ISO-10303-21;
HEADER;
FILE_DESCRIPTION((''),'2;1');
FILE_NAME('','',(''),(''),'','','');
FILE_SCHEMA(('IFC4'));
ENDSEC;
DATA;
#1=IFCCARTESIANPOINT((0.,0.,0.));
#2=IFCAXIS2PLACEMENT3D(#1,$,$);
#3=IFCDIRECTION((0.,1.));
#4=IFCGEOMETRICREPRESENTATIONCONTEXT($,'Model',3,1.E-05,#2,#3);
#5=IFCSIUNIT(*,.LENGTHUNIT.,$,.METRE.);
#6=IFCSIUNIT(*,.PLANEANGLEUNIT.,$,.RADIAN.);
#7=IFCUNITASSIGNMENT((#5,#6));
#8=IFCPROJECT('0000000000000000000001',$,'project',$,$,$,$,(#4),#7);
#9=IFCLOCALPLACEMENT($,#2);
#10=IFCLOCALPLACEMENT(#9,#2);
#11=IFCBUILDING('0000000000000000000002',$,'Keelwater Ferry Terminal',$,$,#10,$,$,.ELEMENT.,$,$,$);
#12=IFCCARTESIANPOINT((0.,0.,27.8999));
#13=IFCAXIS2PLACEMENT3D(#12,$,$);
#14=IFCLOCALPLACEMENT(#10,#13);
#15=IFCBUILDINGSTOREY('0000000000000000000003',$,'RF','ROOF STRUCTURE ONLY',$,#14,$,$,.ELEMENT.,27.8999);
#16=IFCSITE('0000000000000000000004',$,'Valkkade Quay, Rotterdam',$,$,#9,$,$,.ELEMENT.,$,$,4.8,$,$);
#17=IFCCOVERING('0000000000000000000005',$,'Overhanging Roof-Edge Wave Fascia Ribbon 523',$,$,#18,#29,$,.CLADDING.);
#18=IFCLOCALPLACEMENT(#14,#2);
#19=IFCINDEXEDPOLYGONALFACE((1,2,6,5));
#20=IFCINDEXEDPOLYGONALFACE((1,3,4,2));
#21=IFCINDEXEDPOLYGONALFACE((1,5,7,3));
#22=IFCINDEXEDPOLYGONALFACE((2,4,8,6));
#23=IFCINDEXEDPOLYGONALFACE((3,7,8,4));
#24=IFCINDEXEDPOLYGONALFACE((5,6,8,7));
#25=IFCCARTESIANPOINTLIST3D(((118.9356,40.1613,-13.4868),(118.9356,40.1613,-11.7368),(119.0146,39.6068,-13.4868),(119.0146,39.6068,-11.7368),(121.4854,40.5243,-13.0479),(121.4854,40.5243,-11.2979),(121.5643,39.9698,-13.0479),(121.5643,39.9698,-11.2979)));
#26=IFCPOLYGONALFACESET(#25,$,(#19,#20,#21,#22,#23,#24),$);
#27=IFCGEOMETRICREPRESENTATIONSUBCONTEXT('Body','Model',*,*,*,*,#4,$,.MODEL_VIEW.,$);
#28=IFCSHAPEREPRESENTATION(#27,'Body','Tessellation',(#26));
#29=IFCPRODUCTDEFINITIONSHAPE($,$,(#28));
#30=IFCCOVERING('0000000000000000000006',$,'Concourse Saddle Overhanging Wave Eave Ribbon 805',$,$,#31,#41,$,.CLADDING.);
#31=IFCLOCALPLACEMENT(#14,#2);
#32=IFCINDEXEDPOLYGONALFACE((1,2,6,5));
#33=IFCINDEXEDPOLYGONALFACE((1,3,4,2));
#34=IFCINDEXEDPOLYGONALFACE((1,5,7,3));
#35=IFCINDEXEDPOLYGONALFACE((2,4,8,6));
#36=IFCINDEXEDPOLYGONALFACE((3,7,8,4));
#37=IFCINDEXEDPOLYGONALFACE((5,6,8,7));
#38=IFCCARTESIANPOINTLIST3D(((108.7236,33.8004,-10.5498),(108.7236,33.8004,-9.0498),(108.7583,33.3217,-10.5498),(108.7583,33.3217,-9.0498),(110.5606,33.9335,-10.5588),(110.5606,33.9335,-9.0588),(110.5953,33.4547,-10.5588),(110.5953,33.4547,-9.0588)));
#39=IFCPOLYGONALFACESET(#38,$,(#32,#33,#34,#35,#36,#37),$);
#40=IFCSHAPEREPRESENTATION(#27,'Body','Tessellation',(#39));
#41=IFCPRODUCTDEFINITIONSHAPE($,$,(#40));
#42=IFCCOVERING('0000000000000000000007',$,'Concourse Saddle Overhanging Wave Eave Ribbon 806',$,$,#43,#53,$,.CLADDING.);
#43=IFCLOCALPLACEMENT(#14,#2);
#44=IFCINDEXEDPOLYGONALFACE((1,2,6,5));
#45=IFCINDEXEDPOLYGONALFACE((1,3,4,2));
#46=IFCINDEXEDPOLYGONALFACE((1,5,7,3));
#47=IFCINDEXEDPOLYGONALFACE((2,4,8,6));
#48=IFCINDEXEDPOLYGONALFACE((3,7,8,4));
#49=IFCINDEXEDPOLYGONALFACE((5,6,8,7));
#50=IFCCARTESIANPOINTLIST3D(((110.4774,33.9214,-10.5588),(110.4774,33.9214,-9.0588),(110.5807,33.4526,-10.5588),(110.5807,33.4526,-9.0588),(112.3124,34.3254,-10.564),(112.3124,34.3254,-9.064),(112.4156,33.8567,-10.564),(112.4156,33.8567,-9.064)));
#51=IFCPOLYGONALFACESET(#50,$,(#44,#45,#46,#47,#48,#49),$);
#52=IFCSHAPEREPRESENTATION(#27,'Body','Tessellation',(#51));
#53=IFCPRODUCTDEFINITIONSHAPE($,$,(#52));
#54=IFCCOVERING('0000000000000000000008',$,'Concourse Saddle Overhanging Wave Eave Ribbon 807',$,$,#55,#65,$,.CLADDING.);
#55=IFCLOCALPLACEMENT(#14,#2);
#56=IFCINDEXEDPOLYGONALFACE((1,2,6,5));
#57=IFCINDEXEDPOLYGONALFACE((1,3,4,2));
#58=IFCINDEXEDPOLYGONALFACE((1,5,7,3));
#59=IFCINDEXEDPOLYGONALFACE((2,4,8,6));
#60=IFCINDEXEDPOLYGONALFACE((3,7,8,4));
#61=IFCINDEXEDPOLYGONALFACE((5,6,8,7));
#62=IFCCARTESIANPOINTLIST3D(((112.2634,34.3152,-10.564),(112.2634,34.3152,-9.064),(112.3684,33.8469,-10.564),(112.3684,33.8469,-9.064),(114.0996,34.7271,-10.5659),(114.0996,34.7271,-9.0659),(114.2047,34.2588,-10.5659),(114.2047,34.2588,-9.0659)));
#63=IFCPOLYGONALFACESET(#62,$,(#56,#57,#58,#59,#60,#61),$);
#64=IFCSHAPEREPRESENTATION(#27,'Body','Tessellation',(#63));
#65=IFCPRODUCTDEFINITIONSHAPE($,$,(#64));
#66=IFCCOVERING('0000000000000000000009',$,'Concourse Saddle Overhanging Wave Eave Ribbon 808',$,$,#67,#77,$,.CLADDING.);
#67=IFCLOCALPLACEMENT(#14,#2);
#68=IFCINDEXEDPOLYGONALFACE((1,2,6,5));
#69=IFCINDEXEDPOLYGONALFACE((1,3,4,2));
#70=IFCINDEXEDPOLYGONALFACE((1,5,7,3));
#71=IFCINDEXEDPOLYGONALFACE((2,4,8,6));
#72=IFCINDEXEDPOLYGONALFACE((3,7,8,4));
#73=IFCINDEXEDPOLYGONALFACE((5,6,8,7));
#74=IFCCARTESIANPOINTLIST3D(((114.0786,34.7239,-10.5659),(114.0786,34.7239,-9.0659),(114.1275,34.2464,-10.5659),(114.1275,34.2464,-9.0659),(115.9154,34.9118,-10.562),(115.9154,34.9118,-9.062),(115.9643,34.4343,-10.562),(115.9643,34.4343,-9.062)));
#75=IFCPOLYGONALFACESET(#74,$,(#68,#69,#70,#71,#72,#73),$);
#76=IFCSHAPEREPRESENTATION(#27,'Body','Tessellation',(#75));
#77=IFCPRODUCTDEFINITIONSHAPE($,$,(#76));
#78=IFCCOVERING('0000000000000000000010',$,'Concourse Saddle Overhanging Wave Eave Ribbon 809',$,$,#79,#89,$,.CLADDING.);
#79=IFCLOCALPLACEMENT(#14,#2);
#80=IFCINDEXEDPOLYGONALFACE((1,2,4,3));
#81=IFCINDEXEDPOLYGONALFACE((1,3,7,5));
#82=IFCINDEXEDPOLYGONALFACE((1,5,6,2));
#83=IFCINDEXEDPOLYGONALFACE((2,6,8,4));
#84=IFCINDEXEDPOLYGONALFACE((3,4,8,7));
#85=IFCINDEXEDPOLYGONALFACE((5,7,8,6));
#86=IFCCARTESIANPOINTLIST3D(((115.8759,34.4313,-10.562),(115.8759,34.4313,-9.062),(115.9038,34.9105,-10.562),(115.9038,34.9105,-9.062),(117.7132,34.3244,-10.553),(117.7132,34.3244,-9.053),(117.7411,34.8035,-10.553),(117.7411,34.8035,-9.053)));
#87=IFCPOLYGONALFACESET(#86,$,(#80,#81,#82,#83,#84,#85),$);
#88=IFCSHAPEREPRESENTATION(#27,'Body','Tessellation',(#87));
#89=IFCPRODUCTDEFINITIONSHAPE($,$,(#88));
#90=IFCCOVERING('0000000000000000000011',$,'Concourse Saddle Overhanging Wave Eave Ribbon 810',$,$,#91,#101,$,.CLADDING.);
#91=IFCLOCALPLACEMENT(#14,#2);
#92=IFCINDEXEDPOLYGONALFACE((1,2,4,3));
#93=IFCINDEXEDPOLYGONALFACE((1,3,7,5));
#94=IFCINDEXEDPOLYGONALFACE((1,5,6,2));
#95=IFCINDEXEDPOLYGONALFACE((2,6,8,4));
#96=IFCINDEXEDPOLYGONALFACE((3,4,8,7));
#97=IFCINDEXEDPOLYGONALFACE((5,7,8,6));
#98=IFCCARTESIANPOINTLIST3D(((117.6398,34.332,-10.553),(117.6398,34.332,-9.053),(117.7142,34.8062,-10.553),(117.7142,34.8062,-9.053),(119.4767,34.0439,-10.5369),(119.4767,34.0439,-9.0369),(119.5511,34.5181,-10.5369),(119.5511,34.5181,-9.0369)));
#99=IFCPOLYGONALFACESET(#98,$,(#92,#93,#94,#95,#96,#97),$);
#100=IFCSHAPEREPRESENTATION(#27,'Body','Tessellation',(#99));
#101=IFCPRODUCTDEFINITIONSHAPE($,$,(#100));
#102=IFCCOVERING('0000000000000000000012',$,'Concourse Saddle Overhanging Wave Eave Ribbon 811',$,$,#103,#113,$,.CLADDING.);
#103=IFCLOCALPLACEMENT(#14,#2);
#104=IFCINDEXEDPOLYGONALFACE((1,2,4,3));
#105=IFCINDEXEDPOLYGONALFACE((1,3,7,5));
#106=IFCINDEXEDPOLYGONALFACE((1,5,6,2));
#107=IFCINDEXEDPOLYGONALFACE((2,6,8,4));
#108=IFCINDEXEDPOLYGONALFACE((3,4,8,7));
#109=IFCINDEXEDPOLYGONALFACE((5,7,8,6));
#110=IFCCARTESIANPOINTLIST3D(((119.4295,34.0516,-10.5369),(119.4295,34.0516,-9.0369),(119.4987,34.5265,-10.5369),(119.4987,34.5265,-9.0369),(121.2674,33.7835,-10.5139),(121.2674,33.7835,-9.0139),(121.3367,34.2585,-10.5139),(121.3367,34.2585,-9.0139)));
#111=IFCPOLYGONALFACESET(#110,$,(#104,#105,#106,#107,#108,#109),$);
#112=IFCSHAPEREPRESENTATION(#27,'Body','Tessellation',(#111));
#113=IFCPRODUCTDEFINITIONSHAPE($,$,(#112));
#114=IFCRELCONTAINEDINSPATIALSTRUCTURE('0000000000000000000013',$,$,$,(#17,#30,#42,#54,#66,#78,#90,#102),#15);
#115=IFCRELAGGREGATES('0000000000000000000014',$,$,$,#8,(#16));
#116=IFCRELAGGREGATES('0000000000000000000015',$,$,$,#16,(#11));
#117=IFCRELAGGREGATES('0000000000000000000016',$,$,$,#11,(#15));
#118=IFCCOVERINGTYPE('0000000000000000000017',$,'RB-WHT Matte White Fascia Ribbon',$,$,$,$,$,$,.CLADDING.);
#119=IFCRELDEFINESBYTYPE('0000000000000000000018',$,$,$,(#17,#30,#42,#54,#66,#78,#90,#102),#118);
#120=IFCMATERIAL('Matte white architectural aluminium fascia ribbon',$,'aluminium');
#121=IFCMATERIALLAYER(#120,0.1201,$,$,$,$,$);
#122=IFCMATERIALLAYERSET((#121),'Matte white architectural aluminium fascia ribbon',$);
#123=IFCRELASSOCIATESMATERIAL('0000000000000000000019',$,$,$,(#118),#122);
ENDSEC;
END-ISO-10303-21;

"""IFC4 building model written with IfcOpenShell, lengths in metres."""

from ifc_helpers import new_model, si_unit, direction, frame, origin, place, context, subcontext, project, spatial, polyline, outline, extrude, material, layer, layer_set, type_object, element, save


model = new_model("IFC4")

# Units and contexts
model_context = context("Model", 3, precision=1e-05, world=origin(), true_north=direction((0.0, 1.0)))
body_context = subcontext(model_context, "Body", "Model", "MODEL_VIEW")
ifc_project = project(units=[si_unit("LENGTHUNIT", "METRE"), si_unit("PLANEANGLEUNIT", "RADIAN")], contexts=[model_context])

# Site, building, storey
site_placement = place(None, origin())
site = spatial("IfcSite", under=ifc_project, at=site_placement, Name="Valkkade Quay, Rotterdam", CompositionType="ELEMENT", RefElevation=4.8)
building_placement = place(site_placement, origin())
building = spatial("IfcBuilding", under=site, at=building_placement, Name="Keelwater Ferry Terminal", CompositionType="ELEMENT")
storey_placement = place(building_placement, frame((0.0, 0.0, 27.8999)))
storey = spatial("IfcBuildingStorey", under=building, at=storey_placement, Name="RF", Description="ROOF STRUCTURE ONLY", CompositionType="ELEMENT", Elevation=27.8999)

# Coverings
ifc_material_1 = material(Name="Matte white architectural aluminium fascia ribbon", Category="aluminium")
ifc_layer_1 = layer(ifc_material_1, 0.1201)
ifc_layer_set_1 = layer_set([ifc_layer_1], Name="Matte white architectural aluminium fascia ribbon")
covering_type = type_object("IfcCoveringType", Name="RB-WHT Matte White Fascia Ribbon", PredefinedType="CLADDING", material=ifc_layer_set_1)
covering_1_placement = place(storey_placement, frame((118.9751, 39.884, -13.4868), z_axis=(0.0, 0.0, 1.0), x_axis=(0.990016, 0.140957, 0.0)))
element("IfcCovering", 1, at=covering_1_placement, inside=storey, type_object=covering_type, Name="Overhanging Roof-Edge Wave Fascia Ribbon 523", PredefinedType="CLADDING", context=body_context, shape_type="SweptSolid", body=[
    extrude(outline(polyline([(0.0, 0.0), (2.5754, 0.439), (2.5754, 2.189), (0.0, 1.75), (0.0, 0.0)])), frame((0.0, 0.28, 0.0), z_axis=(0.0, -1.0, 0.0), x_axis=(1.0, 0.0, 0.0)), (0.0, 0.0, 1.0), 0.5601),
])
covering_2_placement = place(storey_placement, frame((108.741, 33.561, -10.5588), z_axis=(0.0, 0.0, 1.0), x_axis=(0.997387, 0.072246, 0.0)))
element("IfcCovering", 2, at=covering_2_placement, inside=storey, type_object=covering_type, Name="Concourse Saddle Overhanging Wave Eave Ribbon 805", PredefinedType="CLADDING", context=body_context, shape_type="SweptSolid", body=[
    extrude(outline(polyline([(0.0, 0.009), (1.8418, 0.0), (1.8418, 1.5), (0.0, 1.509), (0.0, 0.009)])), frame((0.0, 0.24, 0.0), z_axis=(0.0, -1.0, 0.0), x_axis=(1.0, 0.0, 0.0)), (0.0, 0.0, 1.0), 0.48),
])
covering_3_placement = place(storey_placement, frame((110.5291, 33.687, -10.564), z_axis=(0.0, 0.0, 1.0), x_axis=(0.976604, 0.215045, 0.0)))
element("IfcCovering", 3, at=covering_3_placement, inside=storey, type_object=covering_type, Name="Concourse Saddle Overhanging Wave Eave Ribbon 806", PredefinedType="CLADDING", context=body_context, shape_type="SweptSolid", body=[
    extrude(outline(polyline([(0.0, 0.0051), (1.8789, 0.0), (1.8789, 1.5), (0.0, 1.5051), (0.0, 0.0051)])), frame((0.0, 0.24, 0.0), z_axis=(0.0, -1.0, 0.0), x_axis=(1.0, 0.0, 0.0)), (0.0, 0.0, 1.0), 0.48),
])
covering_4_placement = place(storey_placement, frame((112.3159, 34.0811, -10.5659), z_axis=(0.0, 0.0, 1.0), x_axis=(0.975755, 0.218867, 0.0)))
element("IfcCovering", 4, at=covering_4_placement, inside=storey, type_object=covering_type, Name="Concourse Saddle Overhanging Wave Eave Ribbon 807", PredefinedType="CLADDING", context=body_context, shape_type="SweptSolid", body=[
    extrude(outline(polyline([(0.0, 0.002), (1.8818, 0.0), (1.8818, 1.5), (0.0, 1.502), (0.0, 0.002)])), frame((0.0, 0.24, 0.0), z_axis=(0.0, -1.0, 0.0), x_axis=(1.0, 0.0, 0.0)), (0.0, 0.0, 1.0), 0.48),
])
covering_5_placement = place(storey_placement, frame((114.103, 34.4851, -10.5659), z_axis=(0.0, 0.0, 1.0), x_axis=(0.994804, 0.101807, 0.0)))
element("IfcCovering", 5, at=covering_5_placement, inside=storey, type_object=covering_type, Name="Concourse Saddle Overhanging Wave Eave Ribbon 808", PredefinedType="CLADDING", context=body_context, shape_type="SweptSolid", body=[
    extrude(outline(polyline([(0.0, 0.0), (1.8464, 0.0039), (1.8464, 1.5039), (0.0, 1.5), (0.0, 0.0)])), frame((0.0, 0.24, 0.0), z_axis=(0.0, -1.0, 0.0), x_axis=(1.0, 0.0, 0.0)), (0.0, 0.0, 1.0), 0.48),
])
covering_6_placement = place(storey_placement, frame((115.8899, 34.6709, -10.562), z_axis=(0.0, 0.0, 1.0), x_axis=(0.99831, -0.058108, 0.0)))
element("IfcCovering", 6, at=covering_6_placement, inside=storey, type_object=covering_type, Name="Concourse Saddle Overhanging Wave Eave Ribbon 809", PredefinedType="CLADDING", context=body_context, shape_type="SweptSolid", body=[
    extrude(outline(polyline([(0.0, 0.0), (1.8403, 0.009), (1.8403, 1.509), (0.0, 1.5), (0.0, 0.0)])), frame((0.0, 0.24, 0.0), z_axis=(0.0, -1.0, 0.0), x_axis=(1.0, 0.0, 0.0)), (0.0, 0.0, 1.0), 0.48),
])
covering_7_placement = place(storey_placement, frame((117.677, 34.5691, -10.553), z_axis=(0.0, 0.0, 1.0), x_axis=(0.987924, -0.154938, 0.0)))
element("IfcCovering", 7, at=covering_7_placement, inside=storey, type_object=covering_type, Name="Concourse Saddle Overhanging Wave Eave Ribbon 810", PredefinedType="CLADDING", context=body_context, shape_type="SweptSolid", body=[
    extrude(outline(polyline([(0.0, 0.0), (1.8594, 0.0161), (1.8594, 1.5161), (0.0, 1.5), (0.0, 0.0)])), frame((0.0, 0.24, 0.0), z_axis=(0.0, -1.0, 0.0), x_axis=(1.0, 0.0, 0.0)), (0.0, 0.0, 1.0), 0.48),
])
covering_8_placement = place(storey_placement, frame((119.4641, 34.2891, -10.5369), z_axis=(0.0, 0.0, 1.0), x_axis=(0.98953, -0.144328, 0.0)))
element("IfcCovering", 8, at=covering_8_placement, inside=storey, type_object=covering_type, Name="Concourse Saddle Overhanging Wave Eave Ribbon 811", PredefinedType="CLADDING", context=body_context, shape_type="SweptSolid", body=[
    extrude(outline(polyline([(0.0, 0.0), (1.8574, 0.0229), (1.8574, 1.5229), (0.0, 1.5), (0.0, 0.0)])), frame((0.0, 0.24, 0.0), z_axis=(0.0, -1.0, 0.0), x_axis=(1.0, 0.0, 0.0)), (0.0, 0.0, 1.0), 0.48),
])

save(model, "model.ifc")
